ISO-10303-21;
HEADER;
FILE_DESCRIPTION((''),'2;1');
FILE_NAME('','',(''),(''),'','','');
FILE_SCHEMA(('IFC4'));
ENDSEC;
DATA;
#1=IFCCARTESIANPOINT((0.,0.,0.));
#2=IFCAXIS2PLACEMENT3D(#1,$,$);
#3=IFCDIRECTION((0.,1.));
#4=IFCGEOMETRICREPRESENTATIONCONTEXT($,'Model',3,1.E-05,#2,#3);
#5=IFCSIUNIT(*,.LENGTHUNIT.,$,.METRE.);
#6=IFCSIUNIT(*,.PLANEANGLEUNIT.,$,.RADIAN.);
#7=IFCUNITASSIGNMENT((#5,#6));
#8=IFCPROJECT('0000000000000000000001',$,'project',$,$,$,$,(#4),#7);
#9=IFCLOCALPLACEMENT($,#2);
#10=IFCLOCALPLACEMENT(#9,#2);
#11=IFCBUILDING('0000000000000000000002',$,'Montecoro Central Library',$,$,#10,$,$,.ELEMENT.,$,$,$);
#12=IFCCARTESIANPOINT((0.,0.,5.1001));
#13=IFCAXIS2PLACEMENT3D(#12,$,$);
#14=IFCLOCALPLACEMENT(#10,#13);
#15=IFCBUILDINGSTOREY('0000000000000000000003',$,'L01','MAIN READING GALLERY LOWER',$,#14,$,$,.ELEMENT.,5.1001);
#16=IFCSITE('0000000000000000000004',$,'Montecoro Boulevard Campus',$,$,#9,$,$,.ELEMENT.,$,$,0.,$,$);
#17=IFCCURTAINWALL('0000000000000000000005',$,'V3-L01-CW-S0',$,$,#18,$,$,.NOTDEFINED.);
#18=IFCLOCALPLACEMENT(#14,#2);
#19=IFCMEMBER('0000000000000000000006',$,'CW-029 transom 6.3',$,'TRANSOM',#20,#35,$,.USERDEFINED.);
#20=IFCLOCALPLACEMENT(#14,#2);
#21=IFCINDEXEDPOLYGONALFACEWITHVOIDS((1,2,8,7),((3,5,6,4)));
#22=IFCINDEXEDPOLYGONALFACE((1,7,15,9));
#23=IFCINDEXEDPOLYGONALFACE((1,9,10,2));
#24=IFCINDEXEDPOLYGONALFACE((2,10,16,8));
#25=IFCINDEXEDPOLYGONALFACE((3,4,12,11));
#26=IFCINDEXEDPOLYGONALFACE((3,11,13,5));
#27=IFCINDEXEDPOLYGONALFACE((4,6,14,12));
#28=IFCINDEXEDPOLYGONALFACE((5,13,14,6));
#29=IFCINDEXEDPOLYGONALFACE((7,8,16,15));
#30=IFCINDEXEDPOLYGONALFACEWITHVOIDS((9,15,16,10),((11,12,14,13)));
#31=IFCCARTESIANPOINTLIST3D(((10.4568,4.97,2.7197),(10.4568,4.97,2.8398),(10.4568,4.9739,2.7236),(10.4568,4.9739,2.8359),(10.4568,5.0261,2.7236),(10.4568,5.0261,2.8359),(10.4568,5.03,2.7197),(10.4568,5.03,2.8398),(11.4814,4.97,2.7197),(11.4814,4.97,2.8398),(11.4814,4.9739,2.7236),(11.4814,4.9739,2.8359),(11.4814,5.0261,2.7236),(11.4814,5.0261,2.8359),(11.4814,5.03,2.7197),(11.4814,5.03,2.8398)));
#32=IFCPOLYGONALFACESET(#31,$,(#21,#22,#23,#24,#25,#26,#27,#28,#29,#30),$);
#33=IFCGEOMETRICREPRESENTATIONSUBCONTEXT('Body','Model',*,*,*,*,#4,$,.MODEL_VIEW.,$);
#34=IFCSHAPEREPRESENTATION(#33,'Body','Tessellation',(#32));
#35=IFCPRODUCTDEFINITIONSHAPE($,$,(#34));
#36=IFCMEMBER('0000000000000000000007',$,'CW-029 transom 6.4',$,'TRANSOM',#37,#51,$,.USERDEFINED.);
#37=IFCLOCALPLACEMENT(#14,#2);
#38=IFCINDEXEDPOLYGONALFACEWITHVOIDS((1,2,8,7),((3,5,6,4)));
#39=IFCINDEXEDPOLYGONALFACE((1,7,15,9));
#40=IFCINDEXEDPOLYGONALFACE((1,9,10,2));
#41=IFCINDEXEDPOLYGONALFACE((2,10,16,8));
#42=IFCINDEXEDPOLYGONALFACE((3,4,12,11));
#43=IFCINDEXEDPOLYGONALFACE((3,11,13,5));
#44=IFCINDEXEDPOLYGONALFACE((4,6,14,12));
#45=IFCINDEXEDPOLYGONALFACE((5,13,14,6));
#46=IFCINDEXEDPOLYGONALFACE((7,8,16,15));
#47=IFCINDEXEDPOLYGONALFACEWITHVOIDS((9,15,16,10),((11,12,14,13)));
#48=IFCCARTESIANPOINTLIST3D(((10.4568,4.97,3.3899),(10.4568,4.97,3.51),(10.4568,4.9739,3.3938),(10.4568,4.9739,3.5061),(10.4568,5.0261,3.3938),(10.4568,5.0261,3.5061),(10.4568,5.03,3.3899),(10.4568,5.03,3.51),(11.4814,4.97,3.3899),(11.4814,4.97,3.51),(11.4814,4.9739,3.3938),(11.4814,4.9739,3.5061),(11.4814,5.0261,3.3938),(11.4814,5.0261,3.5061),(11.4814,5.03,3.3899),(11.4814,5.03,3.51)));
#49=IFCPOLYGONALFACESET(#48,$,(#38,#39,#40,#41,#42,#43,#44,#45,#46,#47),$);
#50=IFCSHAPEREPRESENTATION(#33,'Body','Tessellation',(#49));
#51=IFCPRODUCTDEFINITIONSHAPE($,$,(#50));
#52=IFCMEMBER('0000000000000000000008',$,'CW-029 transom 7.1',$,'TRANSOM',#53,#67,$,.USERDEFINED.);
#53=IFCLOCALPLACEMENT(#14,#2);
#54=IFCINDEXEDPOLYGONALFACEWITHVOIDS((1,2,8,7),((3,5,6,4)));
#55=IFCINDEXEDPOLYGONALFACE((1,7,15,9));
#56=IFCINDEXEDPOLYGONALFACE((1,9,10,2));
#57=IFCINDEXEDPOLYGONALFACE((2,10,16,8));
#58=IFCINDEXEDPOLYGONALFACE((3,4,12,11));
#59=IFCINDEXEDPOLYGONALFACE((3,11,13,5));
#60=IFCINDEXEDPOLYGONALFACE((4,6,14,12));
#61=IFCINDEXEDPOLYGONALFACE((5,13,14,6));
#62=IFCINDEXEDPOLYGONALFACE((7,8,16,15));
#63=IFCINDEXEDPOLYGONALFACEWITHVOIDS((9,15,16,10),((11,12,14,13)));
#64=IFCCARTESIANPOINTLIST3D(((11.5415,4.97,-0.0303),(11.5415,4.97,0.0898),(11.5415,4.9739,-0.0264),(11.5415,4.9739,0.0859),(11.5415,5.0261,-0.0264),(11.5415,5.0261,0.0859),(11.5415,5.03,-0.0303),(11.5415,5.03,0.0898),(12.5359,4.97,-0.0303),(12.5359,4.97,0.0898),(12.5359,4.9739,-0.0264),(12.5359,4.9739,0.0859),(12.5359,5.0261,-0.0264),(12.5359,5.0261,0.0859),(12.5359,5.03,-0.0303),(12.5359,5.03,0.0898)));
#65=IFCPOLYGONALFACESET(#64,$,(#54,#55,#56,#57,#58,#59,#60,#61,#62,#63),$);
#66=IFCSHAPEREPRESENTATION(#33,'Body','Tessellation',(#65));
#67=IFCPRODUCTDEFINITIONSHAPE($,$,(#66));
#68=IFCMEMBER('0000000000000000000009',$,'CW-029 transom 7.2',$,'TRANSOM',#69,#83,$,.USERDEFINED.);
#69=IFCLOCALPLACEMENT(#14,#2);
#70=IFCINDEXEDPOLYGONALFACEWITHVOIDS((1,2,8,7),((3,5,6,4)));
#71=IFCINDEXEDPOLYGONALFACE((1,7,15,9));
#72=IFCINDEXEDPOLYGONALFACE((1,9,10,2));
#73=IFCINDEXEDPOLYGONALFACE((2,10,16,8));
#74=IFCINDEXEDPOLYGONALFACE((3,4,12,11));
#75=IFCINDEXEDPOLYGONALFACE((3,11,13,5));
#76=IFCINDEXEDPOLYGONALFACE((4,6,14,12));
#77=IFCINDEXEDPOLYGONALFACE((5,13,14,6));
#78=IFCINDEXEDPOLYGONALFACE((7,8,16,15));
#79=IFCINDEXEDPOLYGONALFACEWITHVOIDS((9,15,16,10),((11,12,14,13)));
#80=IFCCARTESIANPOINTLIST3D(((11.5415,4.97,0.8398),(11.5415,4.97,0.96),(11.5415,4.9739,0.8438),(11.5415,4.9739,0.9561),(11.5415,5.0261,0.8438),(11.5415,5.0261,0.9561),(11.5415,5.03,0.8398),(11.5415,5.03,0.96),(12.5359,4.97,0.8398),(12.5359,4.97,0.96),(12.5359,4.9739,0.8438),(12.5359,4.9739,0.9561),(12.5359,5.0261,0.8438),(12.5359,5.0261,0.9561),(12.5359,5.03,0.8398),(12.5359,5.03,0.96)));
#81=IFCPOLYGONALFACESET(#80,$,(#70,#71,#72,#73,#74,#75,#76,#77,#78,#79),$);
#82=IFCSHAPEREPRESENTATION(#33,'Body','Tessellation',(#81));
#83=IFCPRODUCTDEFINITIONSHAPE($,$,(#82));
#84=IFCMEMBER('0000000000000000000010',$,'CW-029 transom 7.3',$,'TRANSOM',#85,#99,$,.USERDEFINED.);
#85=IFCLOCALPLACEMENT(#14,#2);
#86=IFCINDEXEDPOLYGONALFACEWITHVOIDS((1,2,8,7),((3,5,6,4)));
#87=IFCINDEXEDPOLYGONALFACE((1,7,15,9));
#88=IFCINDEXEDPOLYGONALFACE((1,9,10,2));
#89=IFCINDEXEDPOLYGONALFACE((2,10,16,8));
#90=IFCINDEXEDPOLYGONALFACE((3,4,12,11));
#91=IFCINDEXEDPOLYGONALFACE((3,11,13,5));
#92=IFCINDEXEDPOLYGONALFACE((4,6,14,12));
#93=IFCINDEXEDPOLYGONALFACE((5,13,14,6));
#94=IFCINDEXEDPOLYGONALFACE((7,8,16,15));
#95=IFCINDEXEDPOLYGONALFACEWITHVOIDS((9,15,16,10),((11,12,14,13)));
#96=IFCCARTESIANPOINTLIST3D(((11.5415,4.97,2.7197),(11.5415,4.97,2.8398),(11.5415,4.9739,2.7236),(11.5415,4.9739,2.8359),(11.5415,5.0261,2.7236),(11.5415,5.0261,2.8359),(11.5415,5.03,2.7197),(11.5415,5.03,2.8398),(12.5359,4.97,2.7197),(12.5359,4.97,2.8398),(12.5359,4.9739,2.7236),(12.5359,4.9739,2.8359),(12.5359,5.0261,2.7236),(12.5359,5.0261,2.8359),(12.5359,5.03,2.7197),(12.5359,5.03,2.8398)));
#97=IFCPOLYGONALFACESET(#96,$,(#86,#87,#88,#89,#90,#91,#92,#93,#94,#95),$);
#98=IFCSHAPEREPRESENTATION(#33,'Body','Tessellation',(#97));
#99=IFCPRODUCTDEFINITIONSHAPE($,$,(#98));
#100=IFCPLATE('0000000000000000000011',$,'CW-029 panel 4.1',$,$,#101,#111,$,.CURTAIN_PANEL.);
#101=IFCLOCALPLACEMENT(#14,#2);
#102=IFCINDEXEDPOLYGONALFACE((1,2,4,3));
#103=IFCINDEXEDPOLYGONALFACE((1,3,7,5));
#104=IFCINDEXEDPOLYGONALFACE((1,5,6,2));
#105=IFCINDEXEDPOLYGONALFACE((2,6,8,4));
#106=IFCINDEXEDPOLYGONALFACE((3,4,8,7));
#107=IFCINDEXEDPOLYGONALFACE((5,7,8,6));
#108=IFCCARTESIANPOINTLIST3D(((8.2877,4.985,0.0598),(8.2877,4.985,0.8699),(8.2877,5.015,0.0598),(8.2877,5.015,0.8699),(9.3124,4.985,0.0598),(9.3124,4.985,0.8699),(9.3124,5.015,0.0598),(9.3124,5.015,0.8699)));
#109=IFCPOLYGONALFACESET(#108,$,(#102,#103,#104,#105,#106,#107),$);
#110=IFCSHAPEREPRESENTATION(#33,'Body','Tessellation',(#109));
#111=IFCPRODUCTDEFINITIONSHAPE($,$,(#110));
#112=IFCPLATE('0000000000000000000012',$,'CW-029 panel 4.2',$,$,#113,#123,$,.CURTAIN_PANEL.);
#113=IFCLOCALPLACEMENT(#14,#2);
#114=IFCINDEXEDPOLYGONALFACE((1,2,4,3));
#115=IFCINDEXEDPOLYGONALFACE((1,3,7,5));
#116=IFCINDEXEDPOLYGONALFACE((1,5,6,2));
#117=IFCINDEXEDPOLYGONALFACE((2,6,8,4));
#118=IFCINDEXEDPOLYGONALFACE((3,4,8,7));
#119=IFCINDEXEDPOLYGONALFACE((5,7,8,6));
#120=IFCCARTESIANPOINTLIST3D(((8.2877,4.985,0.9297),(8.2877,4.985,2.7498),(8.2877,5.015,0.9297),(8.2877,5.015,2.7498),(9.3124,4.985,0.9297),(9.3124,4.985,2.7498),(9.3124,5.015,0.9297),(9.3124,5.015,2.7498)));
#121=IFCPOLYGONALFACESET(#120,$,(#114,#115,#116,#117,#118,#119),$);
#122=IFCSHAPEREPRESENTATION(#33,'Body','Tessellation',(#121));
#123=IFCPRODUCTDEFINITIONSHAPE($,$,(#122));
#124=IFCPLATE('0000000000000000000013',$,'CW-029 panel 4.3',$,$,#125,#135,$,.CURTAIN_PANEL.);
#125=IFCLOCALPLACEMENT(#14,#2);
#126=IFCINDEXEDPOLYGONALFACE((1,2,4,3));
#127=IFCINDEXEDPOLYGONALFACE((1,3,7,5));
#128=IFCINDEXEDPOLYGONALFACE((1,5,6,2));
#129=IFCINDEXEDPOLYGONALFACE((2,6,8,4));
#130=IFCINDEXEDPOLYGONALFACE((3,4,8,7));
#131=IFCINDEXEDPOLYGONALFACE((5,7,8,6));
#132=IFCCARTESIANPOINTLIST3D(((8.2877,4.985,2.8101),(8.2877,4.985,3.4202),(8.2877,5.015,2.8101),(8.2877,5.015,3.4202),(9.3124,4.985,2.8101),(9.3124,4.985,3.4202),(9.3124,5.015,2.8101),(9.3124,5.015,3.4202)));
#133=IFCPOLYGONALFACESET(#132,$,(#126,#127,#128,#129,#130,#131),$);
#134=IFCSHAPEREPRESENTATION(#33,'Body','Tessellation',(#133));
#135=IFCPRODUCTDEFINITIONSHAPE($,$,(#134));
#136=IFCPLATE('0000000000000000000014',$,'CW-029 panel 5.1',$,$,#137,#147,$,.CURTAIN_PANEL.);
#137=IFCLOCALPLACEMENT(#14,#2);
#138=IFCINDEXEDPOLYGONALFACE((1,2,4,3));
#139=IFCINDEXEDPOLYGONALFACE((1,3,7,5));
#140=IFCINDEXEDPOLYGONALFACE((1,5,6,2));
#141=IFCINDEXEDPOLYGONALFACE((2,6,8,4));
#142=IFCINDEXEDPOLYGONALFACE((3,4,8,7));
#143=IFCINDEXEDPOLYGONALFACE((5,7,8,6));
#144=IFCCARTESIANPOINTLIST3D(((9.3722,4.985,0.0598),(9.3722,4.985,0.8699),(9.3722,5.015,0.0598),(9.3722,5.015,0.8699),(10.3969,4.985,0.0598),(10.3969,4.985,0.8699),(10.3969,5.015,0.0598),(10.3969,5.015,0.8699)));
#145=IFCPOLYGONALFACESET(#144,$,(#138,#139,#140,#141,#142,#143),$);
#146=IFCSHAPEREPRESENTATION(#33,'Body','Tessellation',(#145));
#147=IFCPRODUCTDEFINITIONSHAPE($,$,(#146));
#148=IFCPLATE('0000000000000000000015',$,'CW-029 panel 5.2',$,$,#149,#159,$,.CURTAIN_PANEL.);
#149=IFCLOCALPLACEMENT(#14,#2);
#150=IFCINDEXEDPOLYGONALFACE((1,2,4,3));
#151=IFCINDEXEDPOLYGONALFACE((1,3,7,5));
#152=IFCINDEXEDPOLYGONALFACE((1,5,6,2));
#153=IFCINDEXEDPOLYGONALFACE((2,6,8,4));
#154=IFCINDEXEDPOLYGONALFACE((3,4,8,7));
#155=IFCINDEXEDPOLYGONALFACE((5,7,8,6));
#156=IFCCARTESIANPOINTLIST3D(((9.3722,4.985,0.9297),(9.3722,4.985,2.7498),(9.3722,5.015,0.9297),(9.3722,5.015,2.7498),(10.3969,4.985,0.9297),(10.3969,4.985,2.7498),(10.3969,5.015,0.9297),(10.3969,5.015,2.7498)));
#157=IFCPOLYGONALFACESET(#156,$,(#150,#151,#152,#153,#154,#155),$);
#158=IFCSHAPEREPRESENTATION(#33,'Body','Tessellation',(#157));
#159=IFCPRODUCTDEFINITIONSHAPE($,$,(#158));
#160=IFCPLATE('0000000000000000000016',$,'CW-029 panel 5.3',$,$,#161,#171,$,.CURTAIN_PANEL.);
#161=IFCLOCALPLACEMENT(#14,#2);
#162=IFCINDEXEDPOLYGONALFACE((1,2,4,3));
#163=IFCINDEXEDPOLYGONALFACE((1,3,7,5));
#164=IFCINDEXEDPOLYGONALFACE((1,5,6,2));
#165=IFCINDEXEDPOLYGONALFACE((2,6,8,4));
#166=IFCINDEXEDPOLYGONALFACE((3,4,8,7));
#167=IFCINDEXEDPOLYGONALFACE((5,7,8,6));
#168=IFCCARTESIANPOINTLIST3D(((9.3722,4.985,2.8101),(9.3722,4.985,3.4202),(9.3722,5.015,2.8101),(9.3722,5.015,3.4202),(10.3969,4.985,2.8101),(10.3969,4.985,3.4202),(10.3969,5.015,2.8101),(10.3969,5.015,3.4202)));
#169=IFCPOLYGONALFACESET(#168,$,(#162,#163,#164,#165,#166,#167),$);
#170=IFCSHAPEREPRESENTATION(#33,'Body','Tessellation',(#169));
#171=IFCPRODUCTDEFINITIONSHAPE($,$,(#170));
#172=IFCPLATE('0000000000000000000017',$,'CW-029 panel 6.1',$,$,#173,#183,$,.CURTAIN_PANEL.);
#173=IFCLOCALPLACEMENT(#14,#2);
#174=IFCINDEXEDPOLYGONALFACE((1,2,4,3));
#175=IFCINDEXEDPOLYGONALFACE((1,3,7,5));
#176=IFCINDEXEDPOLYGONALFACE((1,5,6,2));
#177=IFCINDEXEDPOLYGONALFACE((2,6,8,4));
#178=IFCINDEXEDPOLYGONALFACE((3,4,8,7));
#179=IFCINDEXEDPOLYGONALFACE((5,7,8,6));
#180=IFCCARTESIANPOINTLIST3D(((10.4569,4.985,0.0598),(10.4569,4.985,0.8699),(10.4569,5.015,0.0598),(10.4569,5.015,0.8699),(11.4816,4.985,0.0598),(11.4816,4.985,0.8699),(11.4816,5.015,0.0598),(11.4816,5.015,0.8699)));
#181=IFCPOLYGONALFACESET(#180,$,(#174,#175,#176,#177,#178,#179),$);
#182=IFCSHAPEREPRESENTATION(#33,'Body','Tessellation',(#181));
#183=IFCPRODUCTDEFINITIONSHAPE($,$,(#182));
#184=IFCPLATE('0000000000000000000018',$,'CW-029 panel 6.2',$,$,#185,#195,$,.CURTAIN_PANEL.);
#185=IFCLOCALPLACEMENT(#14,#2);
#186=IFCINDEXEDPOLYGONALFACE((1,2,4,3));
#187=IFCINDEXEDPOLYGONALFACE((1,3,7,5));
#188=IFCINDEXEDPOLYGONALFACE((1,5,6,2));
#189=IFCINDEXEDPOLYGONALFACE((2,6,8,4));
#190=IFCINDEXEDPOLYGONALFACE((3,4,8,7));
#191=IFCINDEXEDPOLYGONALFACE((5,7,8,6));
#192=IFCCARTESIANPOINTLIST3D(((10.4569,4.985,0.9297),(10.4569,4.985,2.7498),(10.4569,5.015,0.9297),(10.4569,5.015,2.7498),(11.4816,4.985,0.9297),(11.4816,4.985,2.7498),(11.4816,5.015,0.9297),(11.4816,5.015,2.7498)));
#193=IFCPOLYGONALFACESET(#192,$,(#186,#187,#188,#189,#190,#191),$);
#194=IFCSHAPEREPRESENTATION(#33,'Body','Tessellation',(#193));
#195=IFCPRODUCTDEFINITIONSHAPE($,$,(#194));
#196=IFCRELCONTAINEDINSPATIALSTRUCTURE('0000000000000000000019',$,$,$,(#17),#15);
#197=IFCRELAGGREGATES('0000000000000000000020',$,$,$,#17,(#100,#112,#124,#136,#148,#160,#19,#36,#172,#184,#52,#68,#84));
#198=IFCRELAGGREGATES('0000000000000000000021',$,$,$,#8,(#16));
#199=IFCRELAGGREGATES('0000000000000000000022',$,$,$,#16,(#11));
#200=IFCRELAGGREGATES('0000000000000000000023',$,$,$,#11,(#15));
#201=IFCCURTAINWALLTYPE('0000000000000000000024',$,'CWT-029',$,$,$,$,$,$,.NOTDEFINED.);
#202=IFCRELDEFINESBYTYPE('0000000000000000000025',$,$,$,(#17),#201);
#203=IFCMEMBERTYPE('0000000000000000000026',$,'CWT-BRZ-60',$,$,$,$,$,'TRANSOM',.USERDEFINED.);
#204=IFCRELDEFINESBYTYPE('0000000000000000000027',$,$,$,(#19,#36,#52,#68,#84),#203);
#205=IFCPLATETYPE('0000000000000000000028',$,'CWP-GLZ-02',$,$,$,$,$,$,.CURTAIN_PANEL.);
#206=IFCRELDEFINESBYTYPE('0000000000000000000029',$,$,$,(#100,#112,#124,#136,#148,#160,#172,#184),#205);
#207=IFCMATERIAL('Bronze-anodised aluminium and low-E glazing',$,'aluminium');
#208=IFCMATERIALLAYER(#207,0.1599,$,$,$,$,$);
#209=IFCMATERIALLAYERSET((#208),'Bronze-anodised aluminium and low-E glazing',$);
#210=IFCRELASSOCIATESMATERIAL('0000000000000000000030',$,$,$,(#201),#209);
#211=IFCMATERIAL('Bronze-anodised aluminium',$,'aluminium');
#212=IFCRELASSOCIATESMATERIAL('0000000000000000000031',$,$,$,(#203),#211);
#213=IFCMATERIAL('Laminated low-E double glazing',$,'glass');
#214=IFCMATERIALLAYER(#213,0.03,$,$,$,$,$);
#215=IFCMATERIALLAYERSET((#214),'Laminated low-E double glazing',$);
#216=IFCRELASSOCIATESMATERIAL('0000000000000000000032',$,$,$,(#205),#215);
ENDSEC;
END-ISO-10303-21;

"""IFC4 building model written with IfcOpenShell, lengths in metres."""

from ifc_helpers import new_model, si_unit, direction, frame, origin, origin_2d, place, context, subcontext, project, spatial, rectangle, hollow_rectangle, extrude, material, layer, layer_set, material_profile, profile_set, type_object, element, aggregate, save


model = new_model("IFC4")

# Units and contexts
model_context = context("Model", 3, precision=1e-05, world=origin(), true_north=direction((0.0, 1.0)))
body_context = subcontext(model_context, "Body", "Model", "MODEL_VIEW")
ifc_project = project(units=[si_unit("LENGTHUNIT", "METRE"), si_unit("PLANEANGLEUNIT", "RADIAN")], contexts=[model_context])

# Site, building, storey
site_placement = place(None, origin())
site = spatial("IfcSite", under=ifc_project, at=site_placement, Name="Montecoro Boulevard Campus", CompositionType="ELEMENT", RefElevation=0.0)
building_placement = place(site_placement, origin())
building = spatial("IfcBuilding", under=site, at=building_placement, Name="Montecoro Central Library", CompositionType="ELEMENT")
storey_placement = place(building_placement, frame((0.0, 0.0, 5.1001)))
storey = spatial("IfcBuildingStorey", under=building, at=storey_placement, Name="L01", Description="MAIN READING GALLERY LOWER", CompositionType="ELEMENT", Elevation=5.1001)

# Curtain wall, members, plates
ifc_material_1 = material(Name="Bronze-anodised aluminium and low-E glazing", Category="aluminium")
ifc_layer_1 = layer(ifc_material_1, 0.1599)
ifc_layer_set_1 = layer_set([ifc_layer_1], Name="Bronze-anodised aluminium and low-E glazing")
curtain_wall_type = type_object("IfcCurtainWallType", Name="CWT-029", PredefinedType="NOTDEFINED", material=ifc_layer_set_1)
curtain_wall_placement = place(storey_placement, origin())
curtain_wall = element("IfcCurtainWall", 1, at=curtain_wall_placement, inside=storey, type_object=curtain_wall_type, Name="V3-L01-CW-S0", PredefinedType="NOTDEFINED")
ifc_material_2 = material(Name="Bronze-anodised aluminium", Category="aluminium")
ifc_material_profile_1 = material_profile(ifc_material_2, hollow_rectangle(XDim=0.0601, YDim=0.1201, WallThickness=0.0039, at=origin_2d()), Name="CWT 120x60x4.0")
ifc_profile_set_1 = profile_set([ifc_material_profile_1], Name="Bronze-anodised aluminium")
member_type_1 = type_object("IfcMemberType", Name="CWT-BRZ-60", ElementType="TRANSOM", PredefinedType="USERDEFINED", material=ifc_profile_set_1)
member_1_placement = place(storey_placement, frame((10.4568, 5.0, 2.7798), z_axis=(1.0, 0.0, 0.0), x_axis=(0.0, 1.0, 0.0)))
member_1 = element("IfcMember", 2, at=member_1_placement, type_object=member_type_1, Name="CW-029 transom 6.3", ObjectType="TRANSOM", PredefinedType="USERDEFINED", context=body_context, shape_type="SweptSolid", body=[
    extrude(hollow_rectangle(XDim=0.0601, YDim=0.1201, WallThickness=0.0039, at=origin_2d()), origin(), (0.0, 0.0, 1.0), 1.0247),
])
member_2_placement = place(storey_placement, frame((10.4568, 5.0, 3.45), z_axis=(1.0, 0.0, 0.0), x_axis=(0.0, 1.0, 0.0)))
member_2 = element("IfcMember", 3, at=member_2_placement, type_object=member_type_1, Name="CW-029 transom 6.4", ObjectType="TRANSOM", PredefinedType="USERDEFINED", context=body_context, shape_type="SweptSolid", body=[
    extrude(hollow_rectangle(XDim=0.0601, YDim=0.1201, WallThickness=0.0039, at=origin_2d()), origin(), (0.0, 0.0, 1.0), 1.0247),
])
member_3_placement = place(storey_placement, frame((11.5415, 5.0, 0.0298), z_axis=(1.0, 0.0, 0.0), x_axis=(0.0, 1.0, 0.0)))
member_3 = element("IfcMember", 4, at=member_3_placement, type_object=member_type_1, Name="CW-029 transom 7.1", ObjectType="TRANSOM", PredefinedType="USERDEFINED", context=body_context, shape_type="SweptSolid", body=[
    extrude(hollow_rectangle(XDim=0.0601, YDim=0.1201, WallThickness=0.0039, at=origin_2d()), origin(), (0.0, 0.0, 1.0), 0.9944),
])
member_4_placement = place(storey_placement, frame((11.5415, 5.0, 0.8999), z_axis=(1.0, 0.0, 0.0), x_axis=(0.0, 1.0, 0.0)))
member_4 = element("IfcMember", 5, at=member_4_placement, type_object=member_type_1, Name="CW-029 transom 7.2", ObjectType="TRANSOM", PredefinedType="USERDEFINED", context=body_context, shape_type="SweptSolid", body=[
    extrude(hollow_rectangle(XDim=0.0601, YDim=0.1201, WallThickness=0.0039, at=origin_2d()), origin(), (0.0, 0.0, 1.0), 0.9944),
])
member_5_placement = place(storey_placement, frame((11.5415, 5.0, 2.7798), z_axis=(1.0, 0.0, 0.0), x_axis=(0.0, 1.0, 0.0)))
member_5 = element("IfcMember", 6, at=member_5_placement, type_object=member_type_1, Name="CW-029 transom 7.3", ObjectType="TRANSOM", PredefinedType="USERDEFINED", context=body_context, shape_type="SweptSolid", body=[
    extrude(hollow_rectangle(XDim=0.0601, YDim=0.1201, WallThickness=0.0039, at=origin_2d()), origin(), (0.0, 0.0, 1.0), 0.9944),
])
ifc_material_3 = material(Name="Laminated low-E double glazing", Category="glass")
ifc_layer_2 = layer(ifc_material_3, 0.03)
ifc_layer_set_2 = layer_set([ifc_layer_2], Name="Laminated low-E double glazing")
plate_type = type_object("IfcPlateType", Name="CWP-GLZ-02", PredefinedType="CURTAIN_PANEL", material=ifc_layer_set_2)
plate_1_placement = place(storey_placement, frame((8.8, 5.0, 0.0598), z_axis=(0.0, 0.0, 1.0), x_axis=(1.0, 0.0, 0.0)))
plate_1 = element("IfcPlate", 7, at=plate_1_placement, type_object=plate_type, Name="CW-029 panel 4.1", PredefinedType="CURTAIN_PANEL", context=body_context, shape_type="SweptSolid", body=[
    extrude(rectangle(XDim=1.0247, YDim=0.03, at=origin_2d()), origin(), (0.0, 0.0, 1.0), 0.8101),
])
plate_2_placement = place(storey_placement, frame((8.8, 5.0, 0.9297), z_axis=(0.0, 0.0, 1.0), x_axis=(1.0, 0.0, 0.0)))
plate_2 = element("IfcPlate", 8, at=plate_2_placement, type_object=plate_type, Name="CW-029 panel 4.2", PredefinedType="CURTAIN_PANEL", context=body_context, shape_type="SweptSolid", body=[
    extrude(rectangle(XDim=1.0247, YDim=0.03, at=origin_2d()), origin(), (0.0, 0.0, 1.0), 1.8201),
])
plate_3_placement = place(storey_placement, frame((8.8, 5.0, 2.8101), z_axis=(0.0, 0.0, 1.0), x_axis=(1.0, 0.0, 0.0)))
plate_3 = element("IfcPlate", 9, at=plate_3_placement, type_object=plate_type, Name="CW-029 panel 4.3", PredefinedType="CURTAIN_PANEL", context=body_context, shape_type="SweptSolid", body=[
    extrude(rectangle(XDim=1.0247, YDim=0.03, at=origin_2d()), origin(), (0.0, 0.0, 1.0), 0.6101),
])
plate_4_placement = place(storey_placement, frame((9.8845, 5.0, 0.0598), z_axis=(0.0, 0.0, 1.0), x_axis=(1.0, 0.0, 0.0)))
plate_4 = element("IfcPlate", 10, at=plate_4_placement, type_object=plate_type, Name="CW-029 panel 5.1", PredefinedType="CURTAIN_PANEL", context=body_context, shape_type="SweptSolid", body=[
    extrude(rectangle(XDim=1.0247, YDim=0.03, at=origin_2d()), origin(), (0.0, 0.0, 1.0), 0.8101),
])
plate_5_placement = place(storey_placement, frame((9.8845, 5.0, 0.9297), z_axis=(0.0, 0.0, 1.0), x_axis=(1.0, 0.0, 0.0)))
plate_5 = element("IfcPlate", 11, at=plate_5_placement, type_object=plate_type, Name="CW-029 panel 5.2", PredefinedType="CURTAIN_PANEL", context=body_context, shape_type="SweptSolid", body=[
    extrude(rectangle(XDim=1.0247, YDim=0.03, at=origin_2d()), origin(), (0.0, 0.0, 1.0), 1.8201),
])
plate_6_placement = place(storey_placement, frame((9.8845, 5.0, 2.8101), z_axis=(0.0, 0.0, 1.0), x_axis=(1.0, 0.0, 0.0)))
plate_6 = element("IfcPlate", 12, at=plate_6_placement, type_object=plate_type, Name="CW-029 panel 5.3", PredefinedType="CURTAIN_PANEL", context=body_context, shape_type="SweptSolid", body=[
    extrude(rectangle(XDim=1.0247, YDim=0.03, at=origin_2d()), origin(), (0.0, 0.0, 1.0), 0.6101),
])
plate_7_placement = place(storey_placement, frame((10.9692, 5.0, 0.0598), z_axis=(0.0, 0.0, 1.0), x_axis=(1.0, 0.0, 0.0)))
plate_7 = element("IfcPlate", 13, at=plate_7_placement, type_object=plate_type, Name="CW-029 panel 6.1", PredefinedType="CURTAIN_PANEL", context=body_context, shape_type="SweptSolid", body=[
    extrude(rectangle(XDim=1.0247, YDim=0.03, at=origin_2d()), origin(), (0.0, 0.0, 1.0), 0.8101),
])
plate_8_placement = place(storey_placement, frame((10.9692, 5.0, 0.9297), z_axis=(0.0, 0.0, 1.0), x_axis=(1.0, 0.0, 0.0)))
plate_8 = element("IfcPlate", 14, at=plate_8_placement, type_object=plate_type, Name="CW-029 panel 6.2", PredefinedType="CURTAIN_PANEL", context=body_context, shape_type="SweptSolid", body=[
    extrude(rectangle(XDim=1.0247, YDim=0.03, at=origin_2d()), origin(), (0.0, 0.0, 1.0), 1.8201),
])
aggregate(curtain_wall, [plate_1, plate_2, plate_3, plate_4, plate_5, plate_6, member_1, member_2, plate_7, plate_8, member_3, member_4, member_5])

save(model, "model.ifc")
